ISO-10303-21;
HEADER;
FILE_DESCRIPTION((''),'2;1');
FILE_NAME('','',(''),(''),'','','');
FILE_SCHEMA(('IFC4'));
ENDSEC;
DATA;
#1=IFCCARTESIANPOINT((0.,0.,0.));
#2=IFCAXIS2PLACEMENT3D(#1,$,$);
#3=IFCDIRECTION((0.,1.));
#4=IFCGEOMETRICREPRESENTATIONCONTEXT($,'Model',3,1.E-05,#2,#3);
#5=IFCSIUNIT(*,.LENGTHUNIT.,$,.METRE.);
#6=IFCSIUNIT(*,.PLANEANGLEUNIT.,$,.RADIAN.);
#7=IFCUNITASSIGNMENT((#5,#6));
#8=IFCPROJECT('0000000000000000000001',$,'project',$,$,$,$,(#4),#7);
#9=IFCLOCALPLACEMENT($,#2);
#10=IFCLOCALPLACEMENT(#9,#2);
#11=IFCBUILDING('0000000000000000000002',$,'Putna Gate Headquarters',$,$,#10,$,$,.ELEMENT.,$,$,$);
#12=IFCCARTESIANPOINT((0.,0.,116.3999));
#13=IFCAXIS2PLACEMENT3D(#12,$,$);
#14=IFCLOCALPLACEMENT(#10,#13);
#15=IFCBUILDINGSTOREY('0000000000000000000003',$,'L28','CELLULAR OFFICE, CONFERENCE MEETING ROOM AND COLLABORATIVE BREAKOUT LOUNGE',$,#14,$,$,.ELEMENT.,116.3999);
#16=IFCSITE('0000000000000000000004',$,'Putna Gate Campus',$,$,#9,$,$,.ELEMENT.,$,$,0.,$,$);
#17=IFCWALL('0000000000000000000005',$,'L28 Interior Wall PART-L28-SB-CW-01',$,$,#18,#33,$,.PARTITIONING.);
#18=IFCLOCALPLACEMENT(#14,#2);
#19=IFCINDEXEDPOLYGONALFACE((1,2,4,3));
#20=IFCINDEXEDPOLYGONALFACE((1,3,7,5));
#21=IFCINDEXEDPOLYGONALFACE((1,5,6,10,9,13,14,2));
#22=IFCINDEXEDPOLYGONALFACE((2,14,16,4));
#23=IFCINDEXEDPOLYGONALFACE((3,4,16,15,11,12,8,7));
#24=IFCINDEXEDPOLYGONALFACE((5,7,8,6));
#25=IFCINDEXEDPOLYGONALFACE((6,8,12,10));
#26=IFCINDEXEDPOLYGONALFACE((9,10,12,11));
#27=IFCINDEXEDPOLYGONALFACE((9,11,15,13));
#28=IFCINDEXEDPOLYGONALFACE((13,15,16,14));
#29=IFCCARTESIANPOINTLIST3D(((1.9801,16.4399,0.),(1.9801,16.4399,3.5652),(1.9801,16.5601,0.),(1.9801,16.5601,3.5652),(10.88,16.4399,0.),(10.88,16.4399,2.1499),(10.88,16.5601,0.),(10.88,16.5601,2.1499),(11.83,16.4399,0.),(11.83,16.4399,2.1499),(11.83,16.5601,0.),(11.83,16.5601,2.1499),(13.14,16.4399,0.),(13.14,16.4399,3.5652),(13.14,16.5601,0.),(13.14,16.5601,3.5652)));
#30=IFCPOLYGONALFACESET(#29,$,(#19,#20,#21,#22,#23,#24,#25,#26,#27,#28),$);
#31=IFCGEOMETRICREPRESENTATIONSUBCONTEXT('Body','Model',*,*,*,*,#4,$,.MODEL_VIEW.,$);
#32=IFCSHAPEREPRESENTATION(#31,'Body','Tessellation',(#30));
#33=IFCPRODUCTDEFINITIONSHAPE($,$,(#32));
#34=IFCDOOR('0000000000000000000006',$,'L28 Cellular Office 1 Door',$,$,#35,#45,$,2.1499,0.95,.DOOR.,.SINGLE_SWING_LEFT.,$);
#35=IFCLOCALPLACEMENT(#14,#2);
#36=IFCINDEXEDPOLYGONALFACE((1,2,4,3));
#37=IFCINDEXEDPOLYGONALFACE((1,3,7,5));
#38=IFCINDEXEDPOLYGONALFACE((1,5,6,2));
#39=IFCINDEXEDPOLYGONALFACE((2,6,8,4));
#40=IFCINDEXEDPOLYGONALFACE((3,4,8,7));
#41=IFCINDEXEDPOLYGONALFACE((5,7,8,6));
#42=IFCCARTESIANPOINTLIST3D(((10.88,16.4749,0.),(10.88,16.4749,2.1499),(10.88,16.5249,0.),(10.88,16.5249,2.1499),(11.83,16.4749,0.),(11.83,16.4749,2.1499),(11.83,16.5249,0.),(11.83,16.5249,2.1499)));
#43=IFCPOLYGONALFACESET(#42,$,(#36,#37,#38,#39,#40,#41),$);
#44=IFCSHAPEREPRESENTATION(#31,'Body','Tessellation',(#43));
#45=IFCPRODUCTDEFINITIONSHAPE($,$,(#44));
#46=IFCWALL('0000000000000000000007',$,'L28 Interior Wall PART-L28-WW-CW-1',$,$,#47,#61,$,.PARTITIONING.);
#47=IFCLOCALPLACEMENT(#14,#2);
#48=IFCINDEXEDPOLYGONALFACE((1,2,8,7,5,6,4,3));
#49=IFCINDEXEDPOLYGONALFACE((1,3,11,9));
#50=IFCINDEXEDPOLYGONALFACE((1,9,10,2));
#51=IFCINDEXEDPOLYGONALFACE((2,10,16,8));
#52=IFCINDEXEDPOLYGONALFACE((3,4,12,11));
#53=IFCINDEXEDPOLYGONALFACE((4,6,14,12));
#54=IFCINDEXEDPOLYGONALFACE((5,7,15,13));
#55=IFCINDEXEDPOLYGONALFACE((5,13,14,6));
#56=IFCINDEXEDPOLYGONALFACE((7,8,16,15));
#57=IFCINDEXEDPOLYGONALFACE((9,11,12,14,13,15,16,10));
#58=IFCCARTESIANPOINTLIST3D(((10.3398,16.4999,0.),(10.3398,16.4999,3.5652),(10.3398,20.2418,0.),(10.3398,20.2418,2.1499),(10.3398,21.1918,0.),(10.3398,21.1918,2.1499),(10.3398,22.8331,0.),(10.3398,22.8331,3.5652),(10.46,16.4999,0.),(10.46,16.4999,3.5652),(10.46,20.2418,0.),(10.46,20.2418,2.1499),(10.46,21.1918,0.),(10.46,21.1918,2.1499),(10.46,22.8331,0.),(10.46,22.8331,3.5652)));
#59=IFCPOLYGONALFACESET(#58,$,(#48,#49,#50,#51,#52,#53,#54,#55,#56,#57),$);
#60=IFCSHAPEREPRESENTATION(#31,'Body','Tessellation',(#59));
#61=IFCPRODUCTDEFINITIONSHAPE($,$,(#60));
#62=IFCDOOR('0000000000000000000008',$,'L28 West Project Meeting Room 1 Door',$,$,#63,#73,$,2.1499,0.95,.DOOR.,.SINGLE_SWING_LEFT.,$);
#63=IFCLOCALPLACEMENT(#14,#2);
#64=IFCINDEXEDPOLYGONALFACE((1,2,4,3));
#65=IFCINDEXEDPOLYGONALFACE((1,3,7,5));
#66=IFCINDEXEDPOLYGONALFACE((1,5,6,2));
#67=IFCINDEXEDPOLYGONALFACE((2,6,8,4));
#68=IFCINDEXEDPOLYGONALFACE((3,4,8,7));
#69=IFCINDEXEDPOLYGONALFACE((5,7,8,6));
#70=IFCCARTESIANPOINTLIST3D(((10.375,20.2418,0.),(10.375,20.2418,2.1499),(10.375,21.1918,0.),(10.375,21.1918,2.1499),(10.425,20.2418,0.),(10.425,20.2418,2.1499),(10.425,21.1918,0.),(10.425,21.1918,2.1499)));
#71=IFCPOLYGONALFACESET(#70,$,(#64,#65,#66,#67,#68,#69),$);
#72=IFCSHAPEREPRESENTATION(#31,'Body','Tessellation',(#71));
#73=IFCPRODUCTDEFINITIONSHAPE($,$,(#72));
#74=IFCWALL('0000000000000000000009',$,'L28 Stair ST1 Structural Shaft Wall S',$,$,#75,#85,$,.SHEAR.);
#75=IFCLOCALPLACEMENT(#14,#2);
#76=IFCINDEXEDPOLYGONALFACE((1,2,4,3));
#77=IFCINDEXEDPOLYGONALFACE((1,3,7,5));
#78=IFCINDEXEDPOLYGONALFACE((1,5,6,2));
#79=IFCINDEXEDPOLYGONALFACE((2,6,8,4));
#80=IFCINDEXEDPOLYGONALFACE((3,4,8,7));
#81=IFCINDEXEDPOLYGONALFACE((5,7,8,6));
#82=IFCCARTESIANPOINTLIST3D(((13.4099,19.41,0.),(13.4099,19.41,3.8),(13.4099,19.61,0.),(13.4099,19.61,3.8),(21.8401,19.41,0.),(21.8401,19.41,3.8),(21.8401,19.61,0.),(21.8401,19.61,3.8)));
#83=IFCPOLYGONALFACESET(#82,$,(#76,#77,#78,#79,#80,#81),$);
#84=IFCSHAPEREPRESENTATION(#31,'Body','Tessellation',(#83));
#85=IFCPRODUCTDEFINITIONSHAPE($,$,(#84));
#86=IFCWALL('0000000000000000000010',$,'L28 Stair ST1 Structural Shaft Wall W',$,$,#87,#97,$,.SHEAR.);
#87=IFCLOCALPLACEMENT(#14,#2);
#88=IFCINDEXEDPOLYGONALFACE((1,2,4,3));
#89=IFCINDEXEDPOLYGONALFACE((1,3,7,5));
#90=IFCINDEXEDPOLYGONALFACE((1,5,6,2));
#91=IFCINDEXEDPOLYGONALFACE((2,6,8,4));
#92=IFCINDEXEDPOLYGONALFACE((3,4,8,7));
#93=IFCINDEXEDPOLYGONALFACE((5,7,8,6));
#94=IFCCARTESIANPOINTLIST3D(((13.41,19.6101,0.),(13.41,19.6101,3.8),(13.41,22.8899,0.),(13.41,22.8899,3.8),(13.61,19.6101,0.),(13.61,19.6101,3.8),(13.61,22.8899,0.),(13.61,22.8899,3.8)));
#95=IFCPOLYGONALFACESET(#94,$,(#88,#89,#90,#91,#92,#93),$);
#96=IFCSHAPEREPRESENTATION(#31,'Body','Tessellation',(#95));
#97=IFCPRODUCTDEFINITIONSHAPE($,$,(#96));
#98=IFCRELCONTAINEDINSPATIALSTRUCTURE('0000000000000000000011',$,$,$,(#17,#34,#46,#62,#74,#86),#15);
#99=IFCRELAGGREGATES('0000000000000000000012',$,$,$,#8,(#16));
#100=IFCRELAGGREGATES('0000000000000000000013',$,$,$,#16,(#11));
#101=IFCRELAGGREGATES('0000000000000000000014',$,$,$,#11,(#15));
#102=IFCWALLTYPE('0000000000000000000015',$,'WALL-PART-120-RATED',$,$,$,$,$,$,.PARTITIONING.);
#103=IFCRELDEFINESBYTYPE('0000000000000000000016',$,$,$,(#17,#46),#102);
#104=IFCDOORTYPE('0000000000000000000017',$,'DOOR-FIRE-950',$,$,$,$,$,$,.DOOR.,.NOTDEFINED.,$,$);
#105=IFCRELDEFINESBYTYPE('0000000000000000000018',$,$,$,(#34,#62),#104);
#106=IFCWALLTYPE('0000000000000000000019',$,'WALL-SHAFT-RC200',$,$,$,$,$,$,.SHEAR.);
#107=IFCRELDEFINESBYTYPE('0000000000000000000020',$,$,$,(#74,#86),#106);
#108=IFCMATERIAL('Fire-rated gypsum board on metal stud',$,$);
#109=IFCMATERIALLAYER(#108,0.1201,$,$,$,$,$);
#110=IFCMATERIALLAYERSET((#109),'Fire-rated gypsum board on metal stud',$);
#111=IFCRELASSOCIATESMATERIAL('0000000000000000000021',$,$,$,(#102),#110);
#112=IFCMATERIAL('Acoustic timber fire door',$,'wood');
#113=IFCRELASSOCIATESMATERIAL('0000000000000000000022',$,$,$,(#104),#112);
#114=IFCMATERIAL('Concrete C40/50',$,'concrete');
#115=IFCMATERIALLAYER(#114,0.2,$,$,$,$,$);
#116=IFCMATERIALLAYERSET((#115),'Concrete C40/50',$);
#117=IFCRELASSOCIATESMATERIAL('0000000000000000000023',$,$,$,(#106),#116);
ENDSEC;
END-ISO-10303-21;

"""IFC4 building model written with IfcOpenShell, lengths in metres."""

from ifc_helpers import new_model, si_unit, direction, frame, frame_2d, origin, place, context, subcontext, project, spatial, rectangle, extrude, material, layer, layer_set, type_object, element, fill, save


model = new_model("IFC4")

# Units and contexts
model_context = context("Model", 3, precision=1e-05, world=origin(), true_north=direction((0.0, 1.0)))
body_context = subcontext(model_context, "Body", "Model", "MODEL_VIEW")
ifc_project = project(units=[si_unit("LENGTHUNIT", "METRE"), si_unit("PLANEANGLEUNIT", "RADIAN")], contexts=[model_context])

# Site, building, storey
site_placement = place(None, origin())
site = spatial("IfcSite", under=ifc_project, at=site_placement, Name="Putna Gate Campus", CompositionType="ELEMENT", RefElevation=0.0)
building_placement = place(site_placement, origin())
building = spatial("IfcBuilding", under=site, at=building_placement, Name="Putna Gate Headquarters", CompositionType="ELEMENT")
storey_placement = place(building_placement, frame((0.0, 0.0, 116.3999)))
storey = spatial("IfcBuildingStorey", under=building, at=storey_placement, Name="L28", Description="CELLULAR OFFICE, CONFERENCE MEETING ROOM AND COLLABORATIVE BREAKOUT LOUNGE", CompositionType="ELEMENT", Elevation=116.3999)

# Shared definitions
ifc_material_1 = material(Name="Fire-rated gypsum board on metal stud")
ifc_layer_1 = layer(ifc_material_1, 0.1201)
ifc_layer_set_1 = layer_set([ifc_layer_1], Name="Fire-rated gypsum board on metal stud")
wall_type_1 = type_object("IfcWallType", Name="WALL-PART-120-RATED", PredefinedType="PARTITIONING", material=ifc_layer_set_1)
ifc_material_2 = material(Name="Acoustic timber fire door", Category="wood")
door_type_1 = type_object("IfcDoorType", Name="DOOR-FIRE-950", OperationType="NOTDEFINED", PredefinedType="DOOR", material=ifc_material_2)

# Walls, openings, doors
wall_1_placement = place(storey_placement, frame((1.98, 16.5, 0.0), z_axis=(0.0, 0.0, 1.0), x_axis=(1.0, 0.0, 0.0)))
wall_1 = element("IfcWall", 1, at=wall_1_placement, inside=storey, type_object=wall_type_1, Name="L28 Interior Wall PART-L28-SB-CW-01", PredefinedType="PARTITIONING", context=body_context, shape_type="SweptSolid", body=[
    extrude(rectangle(XDim=11.1599, YDim=0.1201, at=frame_2d((5.5801, 0.0))), origin(), (0.0, 0.0, 1.0), 3.5652),
])
opening_1_placement = place(wall_1_placement, frame((8.8999, 0.0, 0.0)))
opening_1 = element("IfcOpeningElement", 2, at=opening_1_placement, cuts=wall_1, PredefinedType="OPENING", context=body_context, shape_type="SweptSolid", body=[
    extrude(rectangle(XDim=0.95, YDim=2.1499, at=frame_2d((0.4751, 1.075))), frame((0.0, 0.0701, 0.0), z_axis=(0.0, -1.0, 0.0), x_axis=(1.0, 0.0, 0.0)), (0.0, 0.0, 1.0), 0.1401),
])
door_1_placement = place(opening_1_placement, origin())
door_1 = element("IfcDoor", 3, at=door_1_placement, inside=storey, type_object=door_type_1, Name="L28 Cellular Office 1 Door", OperationType="SINGLE_SWING_LEFT", OverallHeight=2.1499, OverallWidth=0.95, PredefinedType="DOOR", context=body_context, shape_type="SweptSolid", body=[
    extrude(rectangle(XDim=0.95, YDim=2.1499, at=frame_2d((0.4751, 1.075))), frame((0.0, 0.0249, 0.0), z_axis=(0.0, -1.0, 0.0), x_axis=(1.0, 0.0, 0.0)), (0.0, 0.0, 1.0), 0.05),
])
fill(opening_1, door_1)
wall_2_placement = place(storey_placement, frame((10.3999, 16.5, 0.0), z_axis=(0.0, 0.0, 1.0), x_axis=(0.0, 1.0, 0.0)))
wall_2 = element("IfcWall", 4, at=wall_2_placement, inside=storey, type_object=wall_type_1, Name="L28 Interior Wall PART-L28-WW-CW-1", PredefinedType="PARTITIONING", context=body_context, shape_type="SweptSolid", body=[
    extrude(rectangle(XDim=6.3333, YDim=0.1201, at=frame_2d((3.1665, 0.0))), origin(), (0.0, 0.0, 1.0), 3.5652),
])
opening_2_placement = place(wall_2_placement, frame((3.7417, 0.0, 0.0)))
opening_2 = element("IfcOpeningElement", 5, at=opening_2_placement, cuts=wall_2, PredefinedType="OPENING", context=body_context, shape_type="SweptSolid", body=[
    extrude(rectangle(XDim=0.95, YDim=2.1499, at=frame_2d((0.4751, 1.075))), frame((0.0, 0.0701, 0.0), z_axis=(0.0, -1.0, 0.0), x_axis=(1.0, 0.0, 0.0)), (0.0, 0.0, 1.0), 0.1401),
])
door_2_placement = place(opening_2_placement, origin())
door_2 = element("IfcDoor", 6, at=door_2_placement, inside=storey, type_object=door_type_1, Name="L28 West Project Meeting Room 1 Door", OperationType="SINGLE_SWING_LEFT", OverallHeight=2.1499, OverallWidth=0.95, PredefinedType="DOOR", context=body_context, shape_type="SweptSolid", body=[
    extrude(rectangle(XDim=0.95, YDim=2.1499, at=frame_2d((0.4751, 1.075))), frame((0.0, 0.0249, 0.0), z_axis=(0.0, -1.0, 0.0), x_axis=(1.0, 0.0, 0.0)), (0.0, 0.0, 1.0), 0.05),
])
fill(opening_2, door_2)

# Walls
ifc_material_3 = material(Name="Concrete C40/50", Category="concrete")
ifc_layer_2 = layer(ifc_material_3, 0.2)
ifc_layer_set_2 = layer_set([ifc_layer_2], Name="Concrete C40/50")
wall_type_2 = type_object("IfcWallType", Name="WALL-SHAFT-RC200", PredefinedType="SHEAR", material=ifc_layer_set_2)
wall_3_placement = place(storey_placement, frame((13.4099, 19.51, 0.0), z_axis=(0.0, 0.0, 1.0), x_axis=(1.0, 0.0, 0.0)))
element("IfcWall", 7, at=wall_3_placement, inside=storey, type_object=wall_type_2, Name="L28 Stair ST1 Structural Shaft Wall S", PredefinedType="SHEAR", context=body_context, shape_type="SweptSolid", body=[
    extrude(rectangle(XDim=8.4302, YDim=0.2, at=frame_2d((4.2151, 0.0))), origin(), (0.0, 0.0, 1.0), 3.8),
])
wall_4_placement = place(storey_placement, frame((13.51, 19.6101, 0.0), z_axis=(0.0, 0.0, 1.0), x_axis=(0.0, 1.0, 0.0)))
element("IfcWall", 8, at=wall_4_placement, inside=storey, type_object=wall_type_2, Name="L28 Stair ST1 Structural Shaft Wall W", PredefinedType="SHEAR", context=body_context, shape_type="SweptSolid", body=[
    extrude(rectangle(XDim=3.2798, YDim=0.2, at=frame_2d((1.6399, 0.0))), origin(), (0.0, 0.0, 1.0), 3.8),
])

save(model, "model.ifc")
